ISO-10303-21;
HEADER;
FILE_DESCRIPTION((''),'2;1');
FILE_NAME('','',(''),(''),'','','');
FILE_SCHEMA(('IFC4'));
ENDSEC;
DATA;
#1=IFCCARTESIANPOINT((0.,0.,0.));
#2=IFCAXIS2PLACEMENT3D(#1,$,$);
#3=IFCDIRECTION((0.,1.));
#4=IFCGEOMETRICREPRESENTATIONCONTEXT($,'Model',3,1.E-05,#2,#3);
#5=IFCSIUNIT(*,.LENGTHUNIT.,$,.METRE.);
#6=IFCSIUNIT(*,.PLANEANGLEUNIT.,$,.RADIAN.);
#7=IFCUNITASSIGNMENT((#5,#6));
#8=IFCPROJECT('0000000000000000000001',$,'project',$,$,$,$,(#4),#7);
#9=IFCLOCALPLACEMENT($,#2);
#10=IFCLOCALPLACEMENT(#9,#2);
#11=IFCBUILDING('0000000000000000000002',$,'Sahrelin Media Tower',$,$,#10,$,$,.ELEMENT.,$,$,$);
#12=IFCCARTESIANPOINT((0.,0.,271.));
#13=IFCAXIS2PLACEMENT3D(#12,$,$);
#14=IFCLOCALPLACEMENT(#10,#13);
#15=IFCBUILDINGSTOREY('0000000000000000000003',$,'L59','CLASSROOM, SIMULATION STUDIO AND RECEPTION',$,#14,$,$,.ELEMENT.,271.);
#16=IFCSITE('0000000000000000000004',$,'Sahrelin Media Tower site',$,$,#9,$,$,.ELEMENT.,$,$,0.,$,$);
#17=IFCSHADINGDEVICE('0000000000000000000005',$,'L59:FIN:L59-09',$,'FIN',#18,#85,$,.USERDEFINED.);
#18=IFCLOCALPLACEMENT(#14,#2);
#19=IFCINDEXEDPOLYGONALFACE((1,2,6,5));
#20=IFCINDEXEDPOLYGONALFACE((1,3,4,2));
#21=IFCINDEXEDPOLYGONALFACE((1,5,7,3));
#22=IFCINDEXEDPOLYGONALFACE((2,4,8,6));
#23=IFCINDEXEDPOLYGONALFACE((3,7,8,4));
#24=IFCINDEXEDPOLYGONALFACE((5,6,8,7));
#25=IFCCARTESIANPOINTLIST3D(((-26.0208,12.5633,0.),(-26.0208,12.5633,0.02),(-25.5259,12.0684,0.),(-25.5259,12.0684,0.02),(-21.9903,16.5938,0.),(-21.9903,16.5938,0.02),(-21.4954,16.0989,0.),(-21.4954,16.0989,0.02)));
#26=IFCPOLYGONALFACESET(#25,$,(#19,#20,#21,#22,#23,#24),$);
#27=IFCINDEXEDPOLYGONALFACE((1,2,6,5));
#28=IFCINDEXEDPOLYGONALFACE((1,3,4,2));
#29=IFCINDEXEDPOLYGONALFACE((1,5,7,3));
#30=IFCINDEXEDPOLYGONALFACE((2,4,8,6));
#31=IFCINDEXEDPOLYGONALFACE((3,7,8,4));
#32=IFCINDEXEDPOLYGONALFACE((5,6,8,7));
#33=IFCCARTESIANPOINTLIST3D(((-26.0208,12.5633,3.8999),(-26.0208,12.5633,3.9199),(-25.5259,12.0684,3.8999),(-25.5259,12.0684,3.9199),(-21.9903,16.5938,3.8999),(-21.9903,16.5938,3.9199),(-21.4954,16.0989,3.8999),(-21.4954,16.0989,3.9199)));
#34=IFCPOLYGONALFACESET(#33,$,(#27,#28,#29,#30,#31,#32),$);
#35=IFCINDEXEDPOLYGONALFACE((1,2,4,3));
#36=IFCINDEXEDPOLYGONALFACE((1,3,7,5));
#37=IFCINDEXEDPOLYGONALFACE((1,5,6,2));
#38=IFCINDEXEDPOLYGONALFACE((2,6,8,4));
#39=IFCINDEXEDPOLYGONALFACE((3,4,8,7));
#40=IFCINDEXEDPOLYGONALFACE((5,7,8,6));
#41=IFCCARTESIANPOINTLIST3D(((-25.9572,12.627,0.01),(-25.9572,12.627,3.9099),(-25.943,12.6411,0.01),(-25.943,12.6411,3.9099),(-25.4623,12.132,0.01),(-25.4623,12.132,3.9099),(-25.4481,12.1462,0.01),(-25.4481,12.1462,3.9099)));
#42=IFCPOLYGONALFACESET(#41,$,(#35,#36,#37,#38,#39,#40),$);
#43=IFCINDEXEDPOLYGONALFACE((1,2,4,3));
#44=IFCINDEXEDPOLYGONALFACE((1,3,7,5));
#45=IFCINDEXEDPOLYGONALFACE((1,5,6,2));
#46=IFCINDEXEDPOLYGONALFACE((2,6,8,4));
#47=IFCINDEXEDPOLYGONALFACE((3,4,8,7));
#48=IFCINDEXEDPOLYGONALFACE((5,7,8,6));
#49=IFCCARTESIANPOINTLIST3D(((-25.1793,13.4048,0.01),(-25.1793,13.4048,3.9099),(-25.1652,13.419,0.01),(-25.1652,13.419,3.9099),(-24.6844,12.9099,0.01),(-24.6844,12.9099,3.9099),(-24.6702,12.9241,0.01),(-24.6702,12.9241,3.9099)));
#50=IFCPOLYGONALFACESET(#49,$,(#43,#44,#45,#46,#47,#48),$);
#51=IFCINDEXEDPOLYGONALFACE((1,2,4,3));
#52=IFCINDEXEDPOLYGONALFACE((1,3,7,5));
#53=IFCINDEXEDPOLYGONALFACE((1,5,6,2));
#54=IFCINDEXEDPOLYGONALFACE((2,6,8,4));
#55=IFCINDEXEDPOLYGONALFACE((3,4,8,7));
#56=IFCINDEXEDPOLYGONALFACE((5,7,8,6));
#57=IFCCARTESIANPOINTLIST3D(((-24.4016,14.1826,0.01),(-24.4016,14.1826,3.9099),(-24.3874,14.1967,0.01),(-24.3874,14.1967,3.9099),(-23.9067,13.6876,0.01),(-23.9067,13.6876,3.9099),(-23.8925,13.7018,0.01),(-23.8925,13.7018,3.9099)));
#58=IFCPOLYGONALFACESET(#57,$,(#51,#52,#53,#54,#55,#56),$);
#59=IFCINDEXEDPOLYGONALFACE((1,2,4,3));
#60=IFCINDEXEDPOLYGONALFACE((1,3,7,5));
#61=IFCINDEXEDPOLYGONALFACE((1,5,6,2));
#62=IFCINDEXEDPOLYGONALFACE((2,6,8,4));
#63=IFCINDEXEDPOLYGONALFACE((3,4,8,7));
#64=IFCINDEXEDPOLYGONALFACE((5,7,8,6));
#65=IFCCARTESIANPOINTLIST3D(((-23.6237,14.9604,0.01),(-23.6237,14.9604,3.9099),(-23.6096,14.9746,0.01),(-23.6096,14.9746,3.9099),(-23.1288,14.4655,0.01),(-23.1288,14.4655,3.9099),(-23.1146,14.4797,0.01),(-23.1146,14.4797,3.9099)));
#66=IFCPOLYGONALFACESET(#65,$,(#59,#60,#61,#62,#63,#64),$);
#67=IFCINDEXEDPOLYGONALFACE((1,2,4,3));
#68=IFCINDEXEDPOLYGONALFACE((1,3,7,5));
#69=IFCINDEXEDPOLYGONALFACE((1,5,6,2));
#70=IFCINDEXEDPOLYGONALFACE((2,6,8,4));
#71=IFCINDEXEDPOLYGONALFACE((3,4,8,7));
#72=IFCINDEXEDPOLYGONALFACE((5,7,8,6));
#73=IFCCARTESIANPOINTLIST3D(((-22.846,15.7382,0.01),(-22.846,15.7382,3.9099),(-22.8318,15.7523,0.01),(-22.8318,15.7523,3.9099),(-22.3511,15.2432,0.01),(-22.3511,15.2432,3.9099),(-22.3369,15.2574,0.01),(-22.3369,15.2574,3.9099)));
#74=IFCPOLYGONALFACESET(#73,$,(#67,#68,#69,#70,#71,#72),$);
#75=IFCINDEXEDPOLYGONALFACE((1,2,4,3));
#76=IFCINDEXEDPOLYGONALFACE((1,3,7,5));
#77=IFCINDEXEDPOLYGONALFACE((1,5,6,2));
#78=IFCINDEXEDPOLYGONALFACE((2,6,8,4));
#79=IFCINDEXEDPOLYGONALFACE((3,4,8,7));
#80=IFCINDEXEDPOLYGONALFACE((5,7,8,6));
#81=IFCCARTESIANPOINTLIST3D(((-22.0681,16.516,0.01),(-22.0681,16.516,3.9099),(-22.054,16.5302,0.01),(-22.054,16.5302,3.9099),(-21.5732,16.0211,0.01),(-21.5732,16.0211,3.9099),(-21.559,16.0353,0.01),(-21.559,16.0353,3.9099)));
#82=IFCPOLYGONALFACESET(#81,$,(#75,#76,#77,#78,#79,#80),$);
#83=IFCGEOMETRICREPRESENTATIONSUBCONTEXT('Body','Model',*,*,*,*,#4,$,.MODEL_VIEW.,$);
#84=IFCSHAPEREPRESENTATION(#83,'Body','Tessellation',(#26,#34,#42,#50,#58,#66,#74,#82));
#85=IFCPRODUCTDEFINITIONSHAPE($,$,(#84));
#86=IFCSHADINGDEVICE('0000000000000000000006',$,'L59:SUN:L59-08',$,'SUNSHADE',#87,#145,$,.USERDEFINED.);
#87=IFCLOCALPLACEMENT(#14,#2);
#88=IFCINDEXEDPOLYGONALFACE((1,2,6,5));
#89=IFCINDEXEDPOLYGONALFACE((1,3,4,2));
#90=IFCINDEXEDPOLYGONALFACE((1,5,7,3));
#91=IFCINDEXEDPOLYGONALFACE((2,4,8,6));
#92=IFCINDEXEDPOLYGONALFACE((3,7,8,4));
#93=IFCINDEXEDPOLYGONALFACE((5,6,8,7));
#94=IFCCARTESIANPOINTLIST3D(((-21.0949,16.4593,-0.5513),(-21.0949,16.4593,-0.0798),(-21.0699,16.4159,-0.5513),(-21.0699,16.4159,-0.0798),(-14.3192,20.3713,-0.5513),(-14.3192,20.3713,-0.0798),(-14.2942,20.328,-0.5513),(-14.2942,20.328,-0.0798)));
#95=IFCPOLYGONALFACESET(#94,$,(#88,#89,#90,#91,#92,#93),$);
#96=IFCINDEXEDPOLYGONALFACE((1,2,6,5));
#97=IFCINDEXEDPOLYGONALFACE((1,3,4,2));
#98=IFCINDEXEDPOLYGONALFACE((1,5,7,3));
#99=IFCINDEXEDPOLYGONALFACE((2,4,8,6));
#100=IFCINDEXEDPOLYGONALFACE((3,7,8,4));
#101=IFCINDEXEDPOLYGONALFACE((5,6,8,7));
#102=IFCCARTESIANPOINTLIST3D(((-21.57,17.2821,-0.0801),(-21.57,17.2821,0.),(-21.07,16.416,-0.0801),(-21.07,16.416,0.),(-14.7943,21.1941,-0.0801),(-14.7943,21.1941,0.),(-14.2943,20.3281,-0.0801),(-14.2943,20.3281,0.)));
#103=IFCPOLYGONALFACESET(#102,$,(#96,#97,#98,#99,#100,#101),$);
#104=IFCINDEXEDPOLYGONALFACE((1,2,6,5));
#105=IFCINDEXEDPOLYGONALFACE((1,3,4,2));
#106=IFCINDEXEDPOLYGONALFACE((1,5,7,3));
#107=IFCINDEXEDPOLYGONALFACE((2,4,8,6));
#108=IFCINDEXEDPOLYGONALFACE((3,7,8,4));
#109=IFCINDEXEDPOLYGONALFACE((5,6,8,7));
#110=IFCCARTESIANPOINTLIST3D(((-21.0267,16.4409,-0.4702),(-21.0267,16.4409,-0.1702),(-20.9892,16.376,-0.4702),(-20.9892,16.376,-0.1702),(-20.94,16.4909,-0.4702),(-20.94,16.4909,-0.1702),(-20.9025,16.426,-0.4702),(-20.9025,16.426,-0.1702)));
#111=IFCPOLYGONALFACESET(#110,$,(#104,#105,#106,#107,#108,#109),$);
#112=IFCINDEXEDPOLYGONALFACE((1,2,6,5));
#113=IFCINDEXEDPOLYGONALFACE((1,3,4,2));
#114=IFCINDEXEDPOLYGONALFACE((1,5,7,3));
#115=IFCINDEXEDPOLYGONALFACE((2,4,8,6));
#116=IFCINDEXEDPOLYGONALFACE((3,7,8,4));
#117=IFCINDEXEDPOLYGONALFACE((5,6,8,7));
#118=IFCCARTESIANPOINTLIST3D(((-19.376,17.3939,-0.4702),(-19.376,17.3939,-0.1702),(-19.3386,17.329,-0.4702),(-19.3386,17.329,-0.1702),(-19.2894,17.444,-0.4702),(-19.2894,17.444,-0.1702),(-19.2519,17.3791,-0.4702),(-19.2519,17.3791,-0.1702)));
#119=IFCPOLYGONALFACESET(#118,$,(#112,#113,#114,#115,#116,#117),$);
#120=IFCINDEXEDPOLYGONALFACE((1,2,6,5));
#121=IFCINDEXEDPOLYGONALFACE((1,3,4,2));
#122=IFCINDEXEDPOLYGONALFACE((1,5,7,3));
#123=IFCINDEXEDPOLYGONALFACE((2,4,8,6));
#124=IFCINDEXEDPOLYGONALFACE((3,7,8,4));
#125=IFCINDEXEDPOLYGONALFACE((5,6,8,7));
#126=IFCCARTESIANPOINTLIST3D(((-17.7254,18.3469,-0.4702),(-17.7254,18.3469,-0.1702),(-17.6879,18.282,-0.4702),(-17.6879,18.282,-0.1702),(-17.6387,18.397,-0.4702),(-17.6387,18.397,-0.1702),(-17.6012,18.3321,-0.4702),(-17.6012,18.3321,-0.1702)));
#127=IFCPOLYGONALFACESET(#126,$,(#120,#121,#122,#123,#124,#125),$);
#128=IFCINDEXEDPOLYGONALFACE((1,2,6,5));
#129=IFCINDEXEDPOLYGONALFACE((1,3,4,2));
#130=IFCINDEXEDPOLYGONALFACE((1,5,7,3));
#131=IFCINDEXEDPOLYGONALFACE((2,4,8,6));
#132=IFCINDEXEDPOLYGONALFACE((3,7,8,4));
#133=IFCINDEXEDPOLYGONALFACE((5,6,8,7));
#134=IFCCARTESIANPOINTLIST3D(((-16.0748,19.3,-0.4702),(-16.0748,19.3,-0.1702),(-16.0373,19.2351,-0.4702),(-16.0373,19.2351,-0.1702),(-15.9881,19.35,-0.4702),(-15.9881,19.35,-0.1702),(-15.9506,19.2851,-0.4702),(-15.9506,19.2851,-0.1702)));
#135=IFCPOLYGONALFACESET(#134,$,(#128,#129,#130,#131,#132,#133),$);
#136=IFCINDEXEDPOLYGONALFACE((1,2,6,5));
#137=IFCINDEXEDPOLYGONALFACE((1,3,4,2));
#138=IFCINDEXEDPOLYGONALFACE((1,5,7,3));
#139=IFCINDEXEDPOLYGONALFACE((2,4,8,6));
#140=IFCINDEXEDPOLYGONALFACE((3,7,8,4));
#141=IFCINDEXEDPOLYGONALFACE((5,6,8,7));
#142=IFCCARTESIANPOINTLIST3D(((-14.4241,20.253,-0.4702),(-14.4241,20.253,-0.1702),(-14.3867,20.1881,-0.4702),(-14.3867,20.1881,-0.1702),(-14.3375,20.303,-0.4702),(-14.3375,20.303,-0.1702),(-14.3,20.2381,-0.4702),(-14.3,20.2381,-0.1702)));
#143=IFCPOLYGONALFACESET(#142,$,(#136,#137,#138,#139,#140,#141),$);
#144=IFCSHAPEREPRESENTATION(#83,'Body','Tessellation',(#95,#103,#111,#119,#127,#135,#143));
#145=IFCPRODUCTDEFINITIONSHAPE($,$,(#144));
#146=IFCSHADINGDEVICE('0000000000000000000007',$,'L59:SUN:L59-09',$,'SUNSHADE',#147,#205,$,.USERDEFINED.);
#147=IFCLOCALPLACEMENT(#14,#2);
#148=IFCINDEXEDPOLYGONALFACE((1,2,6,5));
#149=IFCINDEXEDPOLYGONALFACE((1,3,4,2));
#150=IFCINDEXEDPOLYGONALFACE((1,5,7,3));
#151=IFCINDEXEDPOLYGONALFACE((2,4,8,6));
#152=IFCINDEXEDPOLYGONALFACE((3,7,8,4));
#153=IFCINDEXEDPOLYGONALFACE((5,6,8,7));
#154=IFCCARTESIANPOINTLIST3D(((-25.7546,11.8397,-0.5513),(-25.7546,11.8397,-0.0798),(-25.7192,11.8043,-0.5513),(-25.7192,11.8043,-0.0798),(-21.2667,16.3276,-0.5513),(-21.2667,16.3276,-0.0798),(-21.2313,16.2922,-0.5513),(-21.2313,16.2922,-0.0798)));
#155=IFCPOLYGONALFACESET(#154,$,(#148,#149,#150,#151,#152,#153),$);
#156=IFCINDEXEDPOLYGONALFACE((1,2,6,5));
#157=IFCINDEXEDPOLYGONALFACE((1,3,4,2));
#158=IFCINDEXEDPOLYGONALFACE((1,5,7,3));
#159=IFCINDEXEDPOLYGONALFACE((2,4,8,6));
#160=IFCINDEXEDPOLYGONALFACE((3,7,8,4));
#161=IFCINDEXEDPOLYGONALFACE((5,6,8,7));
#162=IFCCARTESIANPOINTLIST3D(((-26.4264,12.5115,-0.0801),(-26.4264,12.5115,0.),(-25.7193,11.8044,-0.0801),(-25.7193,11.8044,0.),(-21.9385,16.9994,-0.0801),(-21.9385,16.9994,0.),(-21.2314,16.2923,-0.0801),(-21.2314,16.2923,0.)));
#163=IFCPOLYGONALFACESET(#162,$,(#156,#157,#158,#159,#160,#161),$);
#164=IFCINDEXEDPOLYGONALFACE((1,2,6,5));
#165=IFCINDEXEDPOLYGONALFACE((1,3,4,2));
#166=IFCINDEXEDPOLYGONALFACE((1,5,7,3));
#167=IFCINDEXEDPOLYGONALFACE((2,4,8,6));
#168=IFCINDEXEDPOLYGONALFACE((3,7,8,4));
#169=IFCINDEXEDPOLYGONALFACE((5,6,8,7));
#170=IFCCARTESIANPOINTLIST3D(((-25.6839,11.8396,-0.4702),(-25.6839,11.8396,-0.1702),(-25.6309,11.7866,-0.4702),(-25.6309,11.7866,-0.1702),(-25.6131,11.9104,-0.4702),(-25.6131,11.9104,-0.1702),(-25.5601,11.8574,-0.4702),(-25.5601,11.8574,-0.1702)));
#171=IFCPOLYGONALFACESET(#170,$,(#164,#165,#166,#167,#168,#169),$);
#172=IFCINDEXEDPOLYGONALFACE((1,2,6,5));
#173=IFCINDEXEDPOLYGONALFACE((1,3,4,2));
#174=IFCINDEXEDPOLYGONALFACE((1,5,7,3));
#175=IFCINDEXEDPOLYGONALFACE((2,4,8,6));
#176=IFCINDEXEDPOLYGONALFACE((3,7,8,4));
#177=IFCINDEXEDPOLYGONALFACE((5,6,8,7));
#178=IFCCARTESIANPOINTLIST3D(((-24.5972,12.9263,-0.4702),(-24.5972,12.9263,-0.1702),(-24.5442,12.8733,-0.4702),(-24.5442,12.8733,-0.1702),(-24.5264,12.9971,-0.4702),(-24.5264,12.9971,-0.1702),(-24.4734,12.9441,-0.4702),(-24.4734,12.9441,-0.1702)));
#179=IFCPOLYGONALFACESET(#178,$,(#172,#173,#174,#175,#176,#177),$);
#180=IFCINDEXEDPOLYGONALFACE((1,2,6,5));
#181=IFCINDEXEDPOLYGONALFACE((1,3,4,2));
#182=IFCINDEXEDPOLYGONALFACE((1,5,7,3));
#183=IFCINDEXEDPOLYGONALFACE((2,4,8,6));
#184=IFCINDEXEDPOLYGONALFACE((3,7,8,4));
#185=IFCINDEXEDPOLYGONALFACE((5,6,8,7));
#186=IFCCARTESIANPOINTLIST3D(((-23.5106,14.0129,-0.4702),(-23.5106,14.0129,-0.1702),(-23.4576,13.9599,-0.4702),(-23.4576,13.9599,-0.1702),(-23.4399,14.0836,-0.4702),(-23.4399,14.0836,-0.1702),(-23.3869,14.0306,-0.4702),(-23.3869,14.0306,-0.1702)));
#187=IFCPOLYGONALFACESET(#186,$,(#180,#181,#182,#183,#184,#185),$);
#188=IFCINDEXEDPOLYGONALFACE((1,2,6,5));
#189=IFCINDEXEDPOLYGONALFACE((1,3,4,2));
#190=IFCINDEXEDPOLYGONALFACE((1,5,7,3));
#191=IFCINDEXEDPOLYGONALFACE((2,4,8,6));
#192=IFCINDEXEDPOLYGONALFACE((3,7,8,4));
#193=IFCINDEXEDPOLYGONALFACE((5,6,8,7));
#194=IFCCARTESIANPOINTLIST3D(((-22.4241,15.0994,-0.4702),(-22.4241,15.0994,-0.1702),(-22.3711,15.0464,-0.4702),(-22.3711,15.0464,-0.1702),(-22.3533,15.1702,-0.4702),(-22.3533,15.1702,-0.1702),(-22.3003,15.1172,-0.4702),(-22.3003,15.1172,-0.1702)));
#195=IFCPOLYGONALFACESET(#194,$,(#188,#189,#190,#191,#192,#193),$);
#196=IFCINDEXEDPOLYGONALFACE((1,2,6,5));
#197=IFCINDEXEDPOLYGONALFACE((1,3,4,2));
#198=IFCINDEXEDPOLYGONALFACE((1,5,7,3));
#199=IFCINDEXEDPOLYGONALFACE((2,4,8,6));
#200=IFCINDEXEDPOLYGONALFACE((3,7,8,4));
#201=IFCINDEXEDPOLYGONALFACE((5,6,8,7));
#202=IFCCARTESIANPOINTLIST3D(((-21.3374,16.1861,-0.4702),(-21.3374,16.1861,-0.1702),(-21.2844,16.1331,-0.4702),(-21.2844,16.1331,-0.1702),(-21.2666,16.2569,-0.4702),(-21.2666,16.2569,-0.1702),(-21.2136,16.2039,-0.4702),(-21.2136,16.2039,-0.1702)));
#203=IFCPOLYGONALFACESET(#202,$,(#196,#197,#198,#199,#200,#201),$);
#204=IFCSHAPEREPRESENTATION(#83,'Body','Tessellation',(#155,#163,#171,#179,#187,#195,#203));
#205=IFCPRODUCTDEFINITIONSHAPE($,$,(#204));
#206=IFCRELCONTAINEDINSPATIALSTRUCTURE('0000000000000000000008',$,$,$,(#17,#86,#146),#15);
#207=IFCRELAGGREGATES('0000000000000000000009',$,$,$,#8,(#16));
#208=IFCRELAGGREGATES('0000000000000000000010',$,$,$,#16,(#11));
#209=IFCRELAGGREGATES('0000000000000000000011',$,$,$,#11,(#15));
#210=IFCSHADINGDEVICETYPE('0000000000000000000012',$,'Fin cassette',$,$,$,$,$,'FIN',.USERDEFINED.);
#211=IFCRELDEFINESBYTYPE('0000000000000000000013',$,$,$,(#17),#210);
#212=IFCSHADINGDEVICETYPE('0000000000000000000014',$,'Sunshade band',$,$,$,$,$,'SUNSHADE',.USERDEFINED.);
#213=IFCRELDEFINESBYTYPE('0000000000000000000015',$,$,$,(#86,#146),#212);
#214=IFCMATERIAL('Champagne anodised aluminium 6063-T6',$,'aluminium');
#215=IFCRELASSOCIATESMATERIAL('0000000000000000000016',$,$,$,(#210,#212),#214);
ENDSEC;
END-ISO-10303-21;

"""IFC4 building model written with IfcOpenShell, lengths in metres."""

from ifc_helpers import new_model, si_unit, direction, frame, origin, origin_2d, place, context, subcontext, project, spatial, rectangle, extrude, material, type_object, element, save


model = new_model("IFC4")

# Units and contexts
model_context = context("Model", 3, precision=1e-05, world=origin(), true_north=direction((0.0, 1.0)))
body_context = subcontext(model_context, "Body", "Model", "MODEL_VIEW")
ifc_project = project(units=[si_unit("LENGTHUNIT", "METRE"), si_unit("PLANEANGLEUNIT", "RADIAN")], contexts=[model_context])

# Site, building, storey
site_placement = place(None, origin())
site = spatial("IfcSite", under=ifc_project, at=site_placement, Name="Sahrelin Media Tower site", CompositionType="ELEMENT", RefElevation=0.0)
building_placement = place(site_placement, origin())
building = spatial("IfcBuilding", under=site, at=building_placement, Name="Sahrelin Media Tower", CompositionType="ELEMENT")
storey_placement = place(building_placement, frame((0.0, 0.0, 271.0)))
storey = spatial("IfcBuildingStorey", under=building, at=storey_placement, Name="L59", Description="CLASSROOM, SIMULATION STUDIO AND RECEPTION", CompositionType="ELEMENT", Elevation=271.0)

# Shared definitions
ifc_material_1 = material(Name="Champagne anodised aluminium 6063-T6", Category="aluminium")

# Shading devices
shading_device_type_1 = type_object("IfcShadingDeviceType", Name="Fin cassette", ElementType="FIN", PredefinedType="USERDEFINED", material=ifc_material_1)
placement_1 = place(storey_placement, frame((-17.6721, 18.3547, 0.0), z_axis=(0.0, 0.0, 1.0), x_axis=(0.866019, 0.500011, 0.0)))
placement_2 = place(storey_placement, frame((-23.4612, 14.0342, 0.0), z_axis=(0.0, 0.0, 1.0), x_axis=(0.707107, 0.707107, 0.0)))
element("IfcShadingDevice", 1, at=placement_2, inside=storey, type_object=shading_device_type_1, Name="L59:FIN:L59-09", ObjectType="FIN", PredefinedType="USERDEFINED", context=body_context, shape_type="SweptSolid", body=[
    extrude(rectangle(XDim=5.7, YDim=0.7, at=origin_2d()), frame((0.0, 0.4199, 0.0)), (0.0, 0.0, 1.0), 0.02),
    extrude(rectangle(XDim=5.7, YDim=0.7, at=origin_2d()), frame((0.0, 0.4199, 3.8999)), (0.0, 0.0, 1.0), 0.02),
    extrude(rectangle(XDim=0.02, YDim=0.7, at=origin_2d()), frame((-2.75, 0.4199, 0.01), z_axis=(0.0, 0.0, 1.0), x_axis=(1.0, 0.0, 0.0)), (0.0, 0.0, 1.0), 3.8999),
    extrude(rectangle(XDim=0.02, YDim=0.7, at=origin_2d()), frame((-1.6499, 0.4199, 0.01), z_axis=(0.0, 0.0, 1.0), x_axis=(1.0, 0.0, 0.0)), (0.0, 0.0, 1.0), 3.8999),
    extrude(rectangle(XDim=0.02, YDim=0.7, at=origin_2d()), frame((-0.55, 0.4199, 0.01), z_axis=(0.0, 0.0, 1.0), x_axis=(1.0, 0.0, 0.0)), (0.0, 0.0, 1.0), 3.8999),
    extrude(rectangle(XDim=0.02, YDim=0.7, at=origin_2d()), frame((0.55, 0.4199, 0.01), z_axis=(0.0, 0.0, 1.0), x_axis=(1.0, 0.0, 0.0)), (0.0, 0.0, 1.0), 3.8999),
    extrude(rectangle(XDim=0.02, YDim=0.7, at=origin_2d()), frame((1.6499, 0.4199, 0.01), z_axis=(0.0, 0.0, 1.0), x_axis=(1.0, 0.0, 0.0)), (0.0, 0.0, 1.0), 3.8999),
    extrude(rectangle(XDim=0.02, YDim=0.7, at=origin_2d()), frame((2.75, 0.4199, 0.01), z_axis=(0.0, 0.0, 1.0), x_axis=(1.0, 0.0, 0.0)), (0.0, 0.0, 1.0), 3.8999),
])
shading_device_type_2 = type_object("IfcShadingDeviceType", Name="Sunshade band", ElementType="SUNSHADE", PredefinedType="USERDEFINED", material=ifc_material_1)
element("IfcShadingDevice", 2, at=placement_1, inside=storey, type_object=shading_device_type_2, Name="L59:SUN:L59-08", ObjectType="SUNSHADE", PredefinedType="USERDEFINED", context=body_context, shape_type="SweptSolid", body=[
    extrude(rectangle(XDim=7.824, YDim=0.05, at=origin_2d()), frame((0.0, 0.0449, -0.5513)), (0.0, 0.0, 1.0), 0.4714),
    extrude(rectangle(XDim=7.824, YDim=1.0, at=origin_2d()), frame((0.0, 0.52, -0.0801)), (0.0, 0.0, 1.0), 0.0801),
    extrude(rectangle(XDim=0.1001, YDim=0.075, at=origin_2d()), frame((-3.812, -0.0176, -0.4702)), (0.0, 0.0, 1.0), 0.3),
    extrude(rectangle(XDim=0.1001, YDim=0.075, at=origin_2d()), frame((-1.906, -0.0176, -0.4702)), (0.0, 0.0, 1.0), 0.3),
    extrude(rectangle(XDim=0.1001, YDim=0.075, at=origin_2d()), frame((0.0, -0.0176, -0.4702)), (0.0, 0.0, 1.0), 0.3),
    extrude(rectangle(XDim=0.1001, YDim=0.075, at=origin_2d()), frame((1.906, -0.0176, -0.4702)), (0.0, 0.0, 1.0), 0.3),
    extrude(rectangle(XDim=0.1001, YDim=0.075, at=origin_2d()), frame((3.812, -0.0176, -0.4702)), (0.0, 0.0, 1.0), 0.3),
])
element("IfcShadingDevice", 3, at=placement_2, inside=storey, type_object=shading_device_type_2, Name="L59:SUN:L59-09", ObjectType="SUNSHADE", PredefinedType="USERDEFINED", context=body_context, shape_type="SweptSolid", body=[
    extrude(rectangle(XDim=6.3469, YDim=0.05, at=origin_2d()), frame((0.0, 0.0449, -0.5513)), (0.0, 0.0, 1.0), 0.4714),
    extrude(rectangle(XDim=6.3469, YDim=1.0, at=origin_2d()), frame((0.0, 0.52, -0.0801)), (0.0, 0.0, 1.0), 0.0801),
    extrude(rectangle(XDim=0.1001, YDim=0.075, at=origin_2d()), frame((-3.0735, -0.0176, -0.4702)), (0.0, 0.0, 1.0), 0.3),
    extrude(rectangle(XDim=0.1001, YDim=0.075, at=origin_2d()), frame((-1.5366, -0.0176, -0.4702)), (0.0, 0.0, 1.0), 0.3),
    extrude(rectangle(XDim=0.1001, YDim=0.075, at=origin_2d()), frame((0.0, -0.0176, -0.4702)), (0.0, 0.0, 1.0), 0.3),
    extrude(rectangle(XDim=0.1001, YDim=0.075, at=origin_2d()), frame((1.5366, -0.0176, -0.4702)), (0.0, 0.0, 1.0), 0.3),
    extrude(rectangle(XDim=0.1001, YDim=0.075, at=origin_2d()), frame((3.0735, -0.0176, -0.4702)), (0.0, 0.0, 1.0), 0.3),
])

save(model, "model.ifc")
